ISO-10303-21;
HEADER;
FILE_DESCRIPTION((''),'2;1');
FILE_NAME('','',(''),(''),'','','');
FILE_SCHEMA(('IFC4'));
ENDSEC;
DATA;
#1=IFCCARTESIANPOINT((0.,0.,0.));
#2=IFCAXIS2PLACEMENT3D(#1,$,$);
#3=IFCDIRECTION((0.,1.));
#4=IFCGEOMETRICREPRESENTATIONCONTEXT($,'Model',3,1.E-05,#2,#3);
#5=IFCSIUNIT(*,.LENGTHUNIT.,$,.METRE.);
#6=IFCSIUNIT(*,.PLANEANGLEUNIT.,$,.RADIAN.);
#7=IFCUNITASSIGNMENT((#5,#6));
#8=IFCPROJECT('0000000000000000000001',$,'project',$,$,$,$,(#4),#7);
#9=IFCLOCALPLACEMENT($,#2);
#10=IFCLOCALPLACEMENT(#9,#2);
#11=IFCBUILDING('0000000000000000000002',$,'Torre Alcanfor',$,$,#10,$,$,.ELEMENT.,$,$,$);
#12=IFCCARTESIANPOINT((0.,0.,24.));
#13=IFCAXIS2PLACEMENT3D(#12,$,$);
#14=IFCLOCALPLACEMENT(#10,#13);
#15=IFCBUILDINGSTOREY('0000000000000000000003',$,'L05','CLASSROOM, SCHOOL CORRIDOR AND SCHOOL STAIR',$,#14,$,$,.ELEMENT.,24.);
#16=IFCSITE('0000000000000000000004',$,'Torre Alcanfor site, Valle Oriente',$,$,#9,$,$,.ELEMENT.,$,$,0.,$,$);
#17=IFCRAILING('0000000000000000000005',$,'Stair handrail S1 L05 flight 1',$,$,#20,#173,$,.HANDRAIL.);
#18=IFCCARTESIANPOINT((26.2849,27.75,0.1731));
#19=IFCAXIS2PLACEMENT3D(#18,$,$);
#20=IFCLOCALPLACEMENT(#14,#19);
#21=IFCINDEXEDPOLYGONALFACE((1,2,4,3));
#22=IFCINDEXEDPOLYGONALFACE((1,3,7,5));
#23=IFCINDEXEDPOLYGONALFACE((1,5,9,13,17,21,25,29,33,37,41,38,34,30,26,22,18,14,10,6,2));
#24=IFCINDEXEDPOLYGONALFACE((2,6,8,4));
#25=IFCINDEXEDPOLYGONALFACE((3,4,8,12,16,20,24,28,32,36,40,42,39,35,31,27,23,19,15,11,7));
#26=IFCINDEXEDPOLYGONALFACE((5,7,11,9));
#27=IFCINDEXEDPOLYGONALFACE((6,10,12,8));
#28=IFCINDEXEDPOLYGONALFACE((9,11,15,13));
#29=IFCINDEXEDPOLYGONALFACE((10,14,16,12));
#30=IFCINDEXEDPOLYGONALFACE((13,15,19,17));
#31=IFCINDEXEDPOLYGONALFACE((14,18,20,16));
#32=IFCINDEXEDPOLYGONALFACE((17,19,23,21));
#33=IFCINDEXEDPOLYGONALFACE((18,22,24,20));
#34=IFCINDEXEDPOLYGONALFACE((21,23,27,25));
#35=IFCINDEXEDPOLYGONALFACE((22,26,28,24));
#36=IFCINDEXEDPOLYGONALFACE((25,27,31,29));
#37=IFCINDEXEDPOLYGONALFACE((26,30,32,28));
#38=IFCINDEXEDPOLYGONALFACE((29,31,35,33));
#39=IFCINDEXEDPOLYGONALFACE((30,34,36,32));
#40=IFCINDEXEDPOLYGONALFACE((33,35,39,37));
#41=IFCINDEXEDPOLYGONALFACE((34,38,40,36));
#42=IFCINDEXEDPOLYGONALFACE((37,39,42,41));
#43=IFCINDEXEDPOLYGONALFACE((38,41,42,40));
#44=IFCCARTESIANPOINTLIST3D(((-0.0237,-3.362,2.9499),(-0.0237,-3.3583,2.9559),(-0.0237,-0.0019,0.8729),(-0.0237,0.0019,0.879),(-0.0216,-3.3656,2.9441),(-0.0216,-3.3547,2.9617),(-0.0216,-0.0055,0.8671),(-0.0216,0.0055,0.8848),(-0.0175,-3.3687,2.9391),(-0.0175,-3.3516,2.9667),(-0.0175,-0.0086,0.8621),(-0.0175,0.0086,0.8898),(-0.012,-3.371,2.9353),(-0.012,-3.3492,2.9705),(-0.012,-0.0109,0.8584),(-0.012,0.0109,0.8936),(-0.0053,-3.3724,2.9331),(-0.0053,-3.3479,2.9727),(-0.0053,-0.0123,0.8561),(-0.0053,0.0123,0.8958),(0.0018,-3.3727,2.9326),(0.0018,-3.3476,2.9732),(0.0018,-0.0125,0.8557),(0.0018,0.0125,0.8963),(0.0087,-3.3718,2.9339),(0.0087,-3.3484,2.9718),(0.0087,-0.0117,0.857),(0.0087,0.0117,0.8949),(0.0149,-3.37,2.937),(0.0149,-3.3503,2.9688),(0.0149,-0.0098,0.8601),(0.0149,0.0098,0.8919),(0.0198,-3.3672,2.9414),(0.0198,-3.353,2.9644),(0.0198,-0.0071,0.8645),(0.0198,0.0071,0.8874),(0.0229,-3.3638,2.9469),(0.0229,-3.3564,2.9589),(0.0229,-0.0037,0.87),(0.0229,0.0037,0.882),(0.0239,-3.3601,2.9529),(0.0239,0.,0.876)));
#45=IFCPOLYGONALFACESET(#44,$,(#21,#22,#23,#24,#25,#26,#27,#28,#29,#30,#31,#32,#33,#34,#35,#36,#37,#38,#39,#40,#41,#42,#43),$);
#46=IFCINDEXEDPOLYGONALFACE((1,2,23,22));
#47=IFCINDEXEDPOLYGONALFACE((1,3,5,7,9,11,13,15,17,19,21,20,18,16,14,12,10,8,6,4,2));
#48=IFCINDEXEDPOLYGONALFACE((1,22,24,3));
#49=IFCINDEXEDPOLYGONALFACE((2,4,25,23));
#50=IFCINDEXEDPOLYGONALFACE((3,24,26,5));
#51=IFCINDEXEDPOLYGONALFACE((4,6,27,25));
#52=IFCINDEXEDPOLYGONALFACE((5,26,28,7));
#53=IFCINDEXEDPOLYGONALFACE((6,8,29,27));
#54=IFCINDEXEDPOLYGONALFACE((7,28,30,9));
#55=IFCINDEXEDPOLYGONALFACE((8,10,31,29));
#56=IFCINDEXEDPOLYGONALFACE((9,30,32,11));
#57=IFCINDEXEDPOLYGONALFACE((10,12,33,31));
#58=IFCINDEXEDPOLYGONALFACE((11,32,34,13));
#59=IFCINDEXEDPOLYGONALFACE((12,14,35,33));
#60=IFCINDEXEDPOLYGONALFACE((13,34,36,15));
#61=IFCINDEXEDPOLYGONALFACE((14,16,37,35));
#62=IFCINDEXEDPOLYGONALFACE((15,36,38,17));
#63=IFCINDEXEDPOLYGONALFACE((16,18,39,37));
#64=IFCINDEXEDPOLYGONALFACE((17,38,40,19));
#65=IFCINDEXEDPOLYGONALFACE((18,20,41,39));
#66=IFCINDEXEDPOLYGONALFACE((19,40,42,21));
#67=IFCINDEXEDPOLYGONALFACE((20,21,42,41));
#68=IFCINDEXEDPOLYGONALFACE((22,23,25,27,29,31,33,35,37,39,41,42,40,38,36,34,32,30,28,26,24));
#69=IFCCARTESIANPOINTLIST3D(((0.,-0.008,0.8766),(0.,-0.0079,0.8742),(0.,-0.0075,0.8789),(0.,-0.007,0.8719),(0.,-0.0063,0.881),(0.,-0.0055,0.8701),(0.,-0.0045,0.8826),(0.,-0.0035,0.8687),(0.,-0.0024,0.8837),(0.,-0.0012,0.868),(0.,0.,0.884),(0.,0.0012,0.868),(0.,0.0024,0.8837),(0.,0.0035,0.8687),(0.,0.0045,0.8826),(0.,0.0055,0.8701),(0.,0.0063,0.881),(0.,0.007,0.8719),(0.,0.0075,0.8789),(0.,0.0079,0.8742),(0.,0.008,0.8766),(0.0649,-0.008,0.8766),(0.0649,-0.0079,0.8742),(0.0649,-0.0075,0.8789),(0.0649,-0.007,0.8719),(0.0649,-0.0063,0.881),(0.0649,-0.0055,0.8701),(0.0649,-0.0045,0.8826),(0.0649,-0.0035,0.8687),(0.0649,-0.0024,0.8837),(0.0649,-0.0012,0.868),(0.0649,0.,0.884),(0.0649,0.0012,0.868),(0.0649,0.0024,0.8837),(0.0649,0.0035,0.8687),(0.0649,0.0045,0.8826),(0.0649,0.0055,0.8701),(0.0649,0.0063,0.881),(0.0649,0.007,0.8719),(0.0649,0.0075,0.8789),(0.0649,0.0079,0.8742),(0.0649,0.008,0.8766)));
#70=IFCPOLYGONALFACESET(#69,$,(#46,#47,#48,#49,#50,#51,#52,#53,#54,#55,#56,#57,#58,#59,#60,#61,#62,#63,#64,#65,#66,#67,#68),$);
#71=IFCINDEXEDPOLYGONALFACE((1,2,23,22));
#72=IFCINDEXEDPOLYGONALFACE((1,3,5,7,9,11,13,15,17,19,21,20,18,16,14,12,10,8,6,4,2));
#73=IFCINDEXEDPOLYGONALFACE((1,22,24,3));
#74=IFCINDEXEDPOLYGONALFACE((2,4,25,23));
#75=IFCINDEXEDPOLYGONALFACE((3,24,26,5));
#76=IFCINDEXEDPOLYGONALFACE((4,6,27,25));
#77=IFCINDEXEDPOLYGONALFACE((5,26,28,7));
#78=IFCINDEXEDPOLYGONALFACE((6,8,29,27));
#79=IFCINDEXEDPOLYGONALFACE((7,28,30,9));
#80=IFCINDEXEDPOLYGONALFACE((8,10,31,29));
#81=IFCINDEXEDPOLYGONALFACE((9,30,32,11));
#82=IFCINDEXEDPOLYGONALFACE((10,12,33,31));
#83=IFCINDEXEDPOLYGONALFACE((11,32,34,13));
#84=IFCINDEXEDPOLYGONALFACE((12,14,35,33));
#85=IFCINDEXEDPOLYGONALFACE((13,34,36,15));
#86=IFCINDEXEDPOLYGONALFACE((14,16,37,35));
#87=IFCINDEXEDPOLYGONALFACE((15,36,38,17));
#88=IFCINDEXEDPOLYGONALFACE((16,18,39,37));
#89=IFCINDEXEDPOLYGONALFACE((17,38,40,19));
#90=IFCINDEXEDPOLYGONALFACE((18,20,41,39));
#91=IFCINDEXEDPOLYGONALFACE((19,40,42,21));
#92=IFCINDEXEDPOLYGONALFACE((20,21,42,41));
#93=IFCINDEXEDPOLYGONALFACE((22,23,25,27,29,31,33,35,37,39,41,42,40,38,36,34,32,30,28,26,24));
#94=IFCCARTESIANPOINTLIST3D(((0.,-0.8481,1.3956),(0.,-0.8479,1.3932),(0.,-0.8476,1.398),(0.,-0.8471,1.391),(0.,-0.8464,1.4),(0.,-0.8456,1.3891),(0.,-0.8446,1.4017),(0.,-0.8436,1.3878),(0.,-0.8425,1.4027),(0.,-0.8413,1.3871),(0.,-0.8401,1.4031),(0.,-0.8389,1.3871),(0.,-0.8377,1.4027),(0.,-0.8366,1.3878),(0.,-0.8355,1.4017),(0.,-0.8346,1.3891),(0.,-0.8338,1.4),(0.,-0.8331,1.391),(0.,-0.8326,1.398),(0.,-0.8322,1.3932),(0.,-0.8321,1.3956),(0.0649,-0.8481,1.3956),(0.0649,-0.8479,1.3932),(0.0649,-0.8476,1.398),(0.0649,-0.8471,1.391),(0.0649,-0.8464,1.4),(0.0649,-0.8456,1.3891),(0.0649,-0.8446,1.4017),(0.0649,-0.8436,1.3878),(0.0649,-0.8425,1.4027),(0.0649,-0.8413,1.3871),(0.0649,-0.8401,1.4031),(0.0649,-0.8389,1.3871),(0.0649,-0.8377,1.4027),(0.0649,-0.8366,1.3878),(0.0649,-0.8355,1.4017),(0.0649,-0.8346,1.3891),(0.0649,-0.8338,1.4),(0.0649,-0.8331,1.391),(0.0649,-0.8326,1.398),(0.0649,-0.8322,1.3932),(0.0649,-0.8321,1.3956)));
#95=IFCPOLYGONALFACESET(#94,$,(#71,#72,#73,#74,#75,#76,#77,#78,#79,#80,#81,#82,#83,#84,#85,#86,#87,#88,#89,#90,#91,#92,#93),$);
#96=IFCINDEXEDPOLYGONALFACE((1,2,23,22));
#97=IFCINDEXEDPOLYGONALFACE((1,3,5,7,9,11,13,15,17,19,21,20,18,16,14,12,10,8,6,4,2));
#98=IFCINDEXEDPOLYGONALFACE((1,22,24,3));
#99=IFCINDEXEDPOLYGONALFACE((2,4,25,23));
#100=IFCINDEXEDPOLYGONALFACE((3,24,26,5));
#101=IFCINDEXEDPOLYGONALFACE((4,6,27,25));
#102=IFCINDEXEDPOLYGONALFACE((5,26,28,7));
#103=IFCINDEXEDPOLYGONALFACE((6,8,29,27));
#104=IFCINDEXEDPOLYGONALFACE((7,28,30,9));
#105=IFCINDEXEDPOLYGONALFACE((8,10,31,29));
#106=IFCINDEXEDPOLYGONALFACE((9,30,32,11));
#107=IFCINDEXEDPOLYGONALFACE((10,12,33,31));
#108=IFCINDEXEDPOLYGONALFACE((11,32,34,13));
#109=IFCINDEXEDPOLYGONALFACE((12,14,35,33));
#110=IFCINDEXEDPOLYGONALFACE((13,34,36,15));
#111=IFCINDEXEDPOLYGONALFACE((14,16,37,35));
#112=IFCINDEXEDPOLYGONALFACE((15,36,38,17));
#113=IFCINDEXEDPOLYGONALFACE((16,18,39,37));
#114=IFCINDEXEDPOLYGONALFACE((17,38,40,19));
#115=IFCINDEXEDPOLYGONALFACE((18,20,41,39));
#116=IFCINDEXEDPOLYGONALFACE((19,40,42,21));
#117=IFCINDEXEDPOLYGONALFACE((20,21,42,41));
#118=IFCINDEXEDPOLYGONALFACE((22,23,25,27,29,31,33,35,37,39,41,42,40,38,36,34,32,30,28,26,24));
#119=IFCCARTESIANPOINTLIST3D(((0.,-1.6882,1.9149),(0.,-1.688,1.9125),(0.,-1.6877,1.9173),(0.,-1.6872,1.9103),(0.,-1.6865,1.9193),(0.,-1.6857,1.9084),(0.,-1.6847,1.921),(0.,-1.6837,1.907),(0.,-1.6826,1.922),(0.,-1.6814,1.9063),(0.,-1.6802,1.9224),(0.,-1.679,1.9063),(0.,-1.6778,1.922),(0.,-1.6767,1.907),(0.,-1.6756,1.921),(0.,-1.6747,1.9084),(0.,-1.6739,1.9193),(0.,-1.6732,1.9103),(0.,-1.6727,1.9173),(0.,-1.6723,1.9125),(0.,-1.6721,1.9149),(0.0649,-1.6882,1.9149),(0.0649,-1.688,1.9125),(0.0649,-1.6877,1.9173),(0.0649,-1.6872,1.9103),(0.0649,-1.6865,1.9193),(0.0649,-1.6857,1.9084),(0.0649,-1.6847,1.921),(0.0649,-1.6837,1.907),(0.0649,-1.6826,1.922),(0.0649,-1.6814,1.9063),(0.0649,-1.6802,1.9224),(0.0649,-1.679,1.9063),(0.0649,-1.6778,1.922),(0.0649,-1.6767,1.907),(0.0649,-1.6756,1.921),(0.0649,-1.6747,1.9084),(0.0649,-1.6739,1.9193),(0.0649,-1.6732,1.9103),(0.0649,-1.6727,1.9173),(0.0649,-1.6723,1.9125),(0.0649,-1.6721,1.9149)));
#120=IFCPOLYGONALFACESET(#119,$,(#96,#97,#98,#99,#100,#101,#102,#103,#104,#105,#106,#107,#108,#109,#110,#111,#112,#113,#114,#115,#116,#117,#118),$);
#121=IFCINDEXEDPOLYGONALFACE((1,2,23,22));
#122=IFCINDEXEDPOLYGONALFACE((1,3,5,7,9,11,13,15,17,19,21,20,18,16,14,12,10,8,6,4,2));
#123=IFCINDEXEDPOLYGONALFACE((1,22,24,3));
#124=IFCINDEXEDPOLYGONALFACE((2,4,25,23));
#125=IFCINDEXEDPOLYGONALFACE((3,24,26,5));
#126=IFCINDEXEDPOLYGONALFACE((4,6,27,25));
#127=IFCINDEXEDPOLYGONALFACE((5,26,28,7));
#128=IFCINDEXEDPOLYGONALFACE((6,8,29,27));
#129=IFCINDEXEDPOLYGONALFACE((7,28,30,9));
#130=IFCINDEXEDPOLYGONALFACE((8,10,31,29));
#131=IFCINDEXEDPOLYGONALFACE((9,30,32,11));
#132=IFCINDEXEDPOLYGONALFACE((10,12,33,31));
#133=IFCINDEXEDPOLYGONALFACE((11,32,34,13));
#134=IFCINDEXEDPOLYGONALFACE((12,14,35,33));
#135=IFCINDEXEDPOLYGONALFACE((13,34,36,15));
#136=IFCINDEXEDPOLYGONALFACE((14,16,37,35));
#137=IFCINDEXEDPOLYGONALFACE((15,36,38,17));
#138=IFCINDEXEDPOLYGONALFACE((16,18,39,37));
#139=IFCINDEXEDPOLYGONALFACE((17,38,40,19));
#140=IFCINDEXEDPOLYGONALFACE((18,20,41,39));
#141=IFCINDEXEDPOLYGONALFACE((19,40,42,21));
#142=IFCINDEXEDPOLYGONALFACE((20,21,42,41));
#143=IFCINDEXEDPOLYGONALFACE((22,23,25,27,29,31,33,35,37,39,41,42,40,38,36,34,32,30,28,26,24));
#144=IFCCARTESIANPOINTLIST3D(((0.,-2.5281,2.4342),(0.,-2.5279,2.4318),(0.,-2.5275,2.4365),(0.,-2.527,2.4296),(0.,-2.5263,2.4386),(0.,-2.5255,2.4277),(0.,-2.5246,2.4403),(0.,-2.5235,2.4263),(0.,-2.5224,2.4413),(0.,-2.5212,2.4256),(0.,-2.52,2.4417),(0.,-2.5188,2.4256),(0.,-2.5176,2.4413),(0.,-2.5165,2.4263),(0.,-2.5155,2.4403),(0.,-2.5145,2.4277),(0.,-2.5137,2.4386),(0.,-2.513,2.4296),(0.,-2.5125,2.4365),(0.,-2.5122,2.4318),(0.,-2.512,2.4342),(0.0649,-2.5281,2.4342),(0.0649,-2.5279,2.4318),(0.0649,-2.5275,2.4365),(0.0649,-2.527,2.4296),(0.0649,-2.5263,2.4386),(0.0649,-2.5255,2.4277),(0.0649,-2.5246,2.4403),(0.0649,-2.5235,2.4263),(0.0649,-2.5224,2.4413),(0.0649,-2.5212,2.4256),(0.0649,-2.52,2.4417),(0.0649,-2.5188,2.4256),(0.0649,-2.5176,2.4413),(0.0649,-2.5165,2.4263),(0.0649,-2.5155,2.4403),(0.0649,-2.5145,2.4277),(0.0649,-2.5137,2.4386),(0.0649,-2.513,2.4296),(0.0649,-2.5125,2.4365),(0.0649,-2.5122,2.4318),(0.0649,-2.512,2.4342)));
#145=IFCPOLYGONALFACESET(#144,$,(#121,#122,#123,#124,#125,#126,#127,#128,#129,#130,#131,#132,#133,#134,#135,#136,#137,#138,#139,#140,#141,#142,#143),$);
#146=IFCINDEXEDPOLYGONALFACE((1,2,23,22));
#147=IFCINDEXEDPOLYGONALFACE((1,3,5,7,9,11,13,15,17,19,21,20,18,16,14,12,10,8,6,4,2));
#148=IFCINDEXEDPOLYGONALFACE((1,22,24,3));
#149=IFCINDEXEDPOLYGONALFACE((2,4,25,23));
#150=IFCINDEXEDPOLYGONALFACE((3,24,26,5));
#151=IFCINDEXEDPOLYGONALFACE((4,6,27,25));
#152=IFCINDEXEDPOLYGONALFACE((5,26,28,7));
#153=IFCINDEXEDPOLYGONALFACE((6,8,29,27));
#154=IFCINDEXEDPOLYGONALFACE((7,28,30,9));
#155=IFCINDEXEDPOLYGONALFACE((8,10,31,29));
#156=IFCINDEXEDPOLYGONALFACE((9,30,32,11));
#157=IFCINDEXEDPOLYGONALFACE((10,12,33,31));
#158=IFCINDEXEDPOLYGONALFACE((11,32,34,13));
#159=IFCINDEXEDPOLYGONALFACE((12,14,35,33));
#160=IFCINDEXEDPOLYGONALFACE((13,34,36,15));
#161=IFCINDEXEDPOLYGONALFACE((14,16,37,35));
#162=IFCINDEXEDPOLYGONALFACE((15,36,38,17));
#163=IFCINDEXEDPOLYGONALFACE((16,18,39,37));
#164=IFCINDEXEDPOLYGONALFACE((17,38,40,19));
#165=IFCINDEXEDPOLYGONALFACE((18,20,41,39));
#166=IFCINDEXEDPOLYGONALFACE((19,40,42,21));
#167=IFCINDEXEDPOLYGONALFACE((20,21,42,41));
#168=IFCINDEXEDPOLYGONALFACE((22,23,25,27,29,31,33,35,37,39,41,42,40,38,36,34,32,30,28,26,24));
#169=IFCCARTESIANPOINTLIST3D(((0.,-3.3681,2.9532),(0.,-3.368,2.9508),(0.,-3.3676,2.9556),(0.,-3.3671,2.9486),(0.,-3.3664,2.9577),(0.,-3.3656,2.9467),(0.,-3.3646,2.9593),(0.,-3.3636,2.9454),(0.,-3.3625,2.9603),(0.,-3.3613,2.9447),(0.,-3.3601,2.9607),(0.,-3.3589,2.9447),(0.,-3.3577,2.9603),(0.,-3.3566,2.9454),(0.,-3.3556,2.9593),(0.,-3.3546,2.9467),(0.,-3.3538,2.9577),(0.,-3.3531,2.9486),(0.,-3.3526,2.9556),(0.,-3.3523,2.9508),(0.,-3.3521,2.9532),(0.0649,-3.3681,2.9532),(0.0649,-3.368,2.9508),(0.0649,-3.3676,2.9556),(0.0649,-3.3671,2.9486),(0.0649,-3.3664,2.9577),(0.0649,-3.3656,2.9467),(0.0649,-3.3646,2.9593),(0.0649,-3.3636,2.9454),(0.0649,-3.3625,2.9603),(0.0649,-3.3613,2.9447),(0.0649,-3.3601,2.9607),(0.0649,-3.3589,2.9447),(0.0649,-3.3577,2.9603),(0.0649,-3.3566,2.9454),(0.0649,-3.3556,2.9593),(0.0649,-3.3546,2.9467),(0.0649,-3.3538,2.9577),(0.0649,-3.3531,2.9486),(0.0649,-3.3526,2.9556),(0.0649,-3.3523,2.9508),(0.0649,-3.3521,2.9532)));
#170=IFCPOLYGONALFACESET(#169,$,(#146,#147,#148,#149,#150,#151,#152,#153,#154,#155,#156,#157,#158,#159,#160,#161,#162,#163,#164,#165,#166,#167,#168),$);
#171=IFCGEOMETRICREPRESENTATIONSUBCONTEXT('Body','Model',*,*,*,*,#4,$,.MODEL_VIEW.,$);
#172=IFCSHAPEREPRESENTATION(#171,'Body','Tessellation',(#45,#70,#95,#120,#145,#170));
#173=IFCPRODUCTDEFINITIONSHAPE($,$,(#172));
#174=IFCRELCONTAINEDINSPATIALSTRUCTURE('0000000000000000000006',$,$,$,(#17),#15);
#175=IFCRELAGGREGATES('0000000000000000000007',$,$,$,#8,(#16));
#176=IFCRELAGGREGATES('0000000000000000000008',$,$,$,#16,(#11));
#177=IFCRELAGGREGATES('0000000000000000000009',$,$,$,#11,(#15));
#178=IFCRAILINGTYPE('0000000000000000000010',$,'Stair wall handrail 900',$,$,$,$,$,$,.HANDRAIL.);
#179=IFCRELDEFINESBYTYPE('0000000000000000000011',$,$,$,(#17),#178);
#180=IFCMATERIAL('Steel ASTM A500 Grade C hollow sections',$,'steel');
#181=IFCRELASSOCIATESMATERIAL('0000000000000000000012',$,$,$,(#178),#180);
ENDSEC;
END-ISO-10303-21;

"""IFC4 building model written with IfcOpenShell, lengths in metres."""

from ifc_helpers import new_model, si_unit, direction, frame, origin, origin_2d, place, context, subcontext, project, spatial, circle, extrude, material, type_object, element, save


model = new_model("IFC4")

# Units and contexts
model_context = context("Model", 3, precision=1e-05, world=origin(), true_north=direction((0.0, 1.0)))
body_context = subcontext(model_context, "Body", "Model", "MODEL_VIEW")
ifc_project = project(units=[si_unit("LENGTHUNIT", "METRE"), si_unit("PLANEANGLEUNIT", "RADIAN")], contexts=[model_context])

# Site, building, storey
site_placement = place(None, origin())
site = spatial("IfcSite", under=ifc_project, at=site_placement, Name="Torre Alcanfor site, Valle Oriente", CompositionType="ELEMENT", RefElevation=0.0)
building_placement = place(site_placement, origin())
building = spatial("IfcBuilding", under=site, at=building_placement, Name="Torre Alcanfor", CompositionType="ELEMENT")
storey_placement = place(building_placement, frame((0.0, 0.0, 24.0)))
storey = spatial("IfcBuildingStorey", under=building, at=storey_placement, Name="L05", Description="CLASSROOM, SCHOOL CORRIDOR AND SCHOOL STAIR", CompositionType="ELEMENT", Elevation=24.0)

# Railing
ifc_material_1 = material(Name="Steel ASTM A500 Grade C hollow sections", Category="steel")
railing_type_1 = type_object("IfcRailingType", Name="Stair wall handrail 900", PredefinedType="HANDRAIL", material=ifc_material_1)
railing_1_placement = place(storey_placement, frame((26.2849, 27.75, 0.1731)))
element("IfcRailing", 1, at=railing_1_placement, inside=storey, type_object=railing_type_1, Name="Stair handrail S1 L05 flight 1", PredefinedType="HANDRAIL", context=body_context, shape_type="SweptSolid", body=[
    extrude(circle(Radius=0.0239, at=origin_2d()), frame((0.0, 0.0, 0.876), z_axis=(0.0, -0.850623, 0.525776), x_axis=(1.0, 0.0, 0.0)), (0.0, 0.0, 1.0), 3.9502),
    extrude(circle(Radius=0.0081, at=origin_2d()), frame((0.0, 0.0, 0.876), z_axis=(1.0, 0.0, 0.0), x_axis=(0.0, 0.0, 1.0)), (0.0, 0.0, 1.0), 0.0649),
    extrude(circle(Radius=0.0081, at=origin_2d()), frame((0.0, -0.8401, 1.395), z_axis=(1.0, 0.0, 0.0), x_axis=(0.0, 0.0, 1.0)), (0.0, 0.0, 1.0), 0.0649),
    extrude(circle(Radius=0.0081, at=origin_2d()), frame((0.0, -1.6802, 1.9143), z_axis=(1.0, 0.0, 0.0), x_axis=(0.0, 0.0, 1.0)), (0.0, 0.0, 1.0), 0.0649),
    extrude(circle(Radius=0.0081, at=origin_2d()), frame((0.0, -2.52, 2.4336), z_axis=(1.0, 0.0, 0.0), x_axis=(0.0, 0.0, 1.0)), (0.0, 0.0, 1.0), 0.0649),
    extrude(circle(Radius=0.0081, at=origin_2d()), frame((0.0, -3.3601, 2.9526), z_axis=(1.0, 0.0, 0.0), x_axis=(0.0, 0.0, 1.0)), (0.0, 0.0, 1.0), 0.0649),
])

save(model, "model.ifc")
